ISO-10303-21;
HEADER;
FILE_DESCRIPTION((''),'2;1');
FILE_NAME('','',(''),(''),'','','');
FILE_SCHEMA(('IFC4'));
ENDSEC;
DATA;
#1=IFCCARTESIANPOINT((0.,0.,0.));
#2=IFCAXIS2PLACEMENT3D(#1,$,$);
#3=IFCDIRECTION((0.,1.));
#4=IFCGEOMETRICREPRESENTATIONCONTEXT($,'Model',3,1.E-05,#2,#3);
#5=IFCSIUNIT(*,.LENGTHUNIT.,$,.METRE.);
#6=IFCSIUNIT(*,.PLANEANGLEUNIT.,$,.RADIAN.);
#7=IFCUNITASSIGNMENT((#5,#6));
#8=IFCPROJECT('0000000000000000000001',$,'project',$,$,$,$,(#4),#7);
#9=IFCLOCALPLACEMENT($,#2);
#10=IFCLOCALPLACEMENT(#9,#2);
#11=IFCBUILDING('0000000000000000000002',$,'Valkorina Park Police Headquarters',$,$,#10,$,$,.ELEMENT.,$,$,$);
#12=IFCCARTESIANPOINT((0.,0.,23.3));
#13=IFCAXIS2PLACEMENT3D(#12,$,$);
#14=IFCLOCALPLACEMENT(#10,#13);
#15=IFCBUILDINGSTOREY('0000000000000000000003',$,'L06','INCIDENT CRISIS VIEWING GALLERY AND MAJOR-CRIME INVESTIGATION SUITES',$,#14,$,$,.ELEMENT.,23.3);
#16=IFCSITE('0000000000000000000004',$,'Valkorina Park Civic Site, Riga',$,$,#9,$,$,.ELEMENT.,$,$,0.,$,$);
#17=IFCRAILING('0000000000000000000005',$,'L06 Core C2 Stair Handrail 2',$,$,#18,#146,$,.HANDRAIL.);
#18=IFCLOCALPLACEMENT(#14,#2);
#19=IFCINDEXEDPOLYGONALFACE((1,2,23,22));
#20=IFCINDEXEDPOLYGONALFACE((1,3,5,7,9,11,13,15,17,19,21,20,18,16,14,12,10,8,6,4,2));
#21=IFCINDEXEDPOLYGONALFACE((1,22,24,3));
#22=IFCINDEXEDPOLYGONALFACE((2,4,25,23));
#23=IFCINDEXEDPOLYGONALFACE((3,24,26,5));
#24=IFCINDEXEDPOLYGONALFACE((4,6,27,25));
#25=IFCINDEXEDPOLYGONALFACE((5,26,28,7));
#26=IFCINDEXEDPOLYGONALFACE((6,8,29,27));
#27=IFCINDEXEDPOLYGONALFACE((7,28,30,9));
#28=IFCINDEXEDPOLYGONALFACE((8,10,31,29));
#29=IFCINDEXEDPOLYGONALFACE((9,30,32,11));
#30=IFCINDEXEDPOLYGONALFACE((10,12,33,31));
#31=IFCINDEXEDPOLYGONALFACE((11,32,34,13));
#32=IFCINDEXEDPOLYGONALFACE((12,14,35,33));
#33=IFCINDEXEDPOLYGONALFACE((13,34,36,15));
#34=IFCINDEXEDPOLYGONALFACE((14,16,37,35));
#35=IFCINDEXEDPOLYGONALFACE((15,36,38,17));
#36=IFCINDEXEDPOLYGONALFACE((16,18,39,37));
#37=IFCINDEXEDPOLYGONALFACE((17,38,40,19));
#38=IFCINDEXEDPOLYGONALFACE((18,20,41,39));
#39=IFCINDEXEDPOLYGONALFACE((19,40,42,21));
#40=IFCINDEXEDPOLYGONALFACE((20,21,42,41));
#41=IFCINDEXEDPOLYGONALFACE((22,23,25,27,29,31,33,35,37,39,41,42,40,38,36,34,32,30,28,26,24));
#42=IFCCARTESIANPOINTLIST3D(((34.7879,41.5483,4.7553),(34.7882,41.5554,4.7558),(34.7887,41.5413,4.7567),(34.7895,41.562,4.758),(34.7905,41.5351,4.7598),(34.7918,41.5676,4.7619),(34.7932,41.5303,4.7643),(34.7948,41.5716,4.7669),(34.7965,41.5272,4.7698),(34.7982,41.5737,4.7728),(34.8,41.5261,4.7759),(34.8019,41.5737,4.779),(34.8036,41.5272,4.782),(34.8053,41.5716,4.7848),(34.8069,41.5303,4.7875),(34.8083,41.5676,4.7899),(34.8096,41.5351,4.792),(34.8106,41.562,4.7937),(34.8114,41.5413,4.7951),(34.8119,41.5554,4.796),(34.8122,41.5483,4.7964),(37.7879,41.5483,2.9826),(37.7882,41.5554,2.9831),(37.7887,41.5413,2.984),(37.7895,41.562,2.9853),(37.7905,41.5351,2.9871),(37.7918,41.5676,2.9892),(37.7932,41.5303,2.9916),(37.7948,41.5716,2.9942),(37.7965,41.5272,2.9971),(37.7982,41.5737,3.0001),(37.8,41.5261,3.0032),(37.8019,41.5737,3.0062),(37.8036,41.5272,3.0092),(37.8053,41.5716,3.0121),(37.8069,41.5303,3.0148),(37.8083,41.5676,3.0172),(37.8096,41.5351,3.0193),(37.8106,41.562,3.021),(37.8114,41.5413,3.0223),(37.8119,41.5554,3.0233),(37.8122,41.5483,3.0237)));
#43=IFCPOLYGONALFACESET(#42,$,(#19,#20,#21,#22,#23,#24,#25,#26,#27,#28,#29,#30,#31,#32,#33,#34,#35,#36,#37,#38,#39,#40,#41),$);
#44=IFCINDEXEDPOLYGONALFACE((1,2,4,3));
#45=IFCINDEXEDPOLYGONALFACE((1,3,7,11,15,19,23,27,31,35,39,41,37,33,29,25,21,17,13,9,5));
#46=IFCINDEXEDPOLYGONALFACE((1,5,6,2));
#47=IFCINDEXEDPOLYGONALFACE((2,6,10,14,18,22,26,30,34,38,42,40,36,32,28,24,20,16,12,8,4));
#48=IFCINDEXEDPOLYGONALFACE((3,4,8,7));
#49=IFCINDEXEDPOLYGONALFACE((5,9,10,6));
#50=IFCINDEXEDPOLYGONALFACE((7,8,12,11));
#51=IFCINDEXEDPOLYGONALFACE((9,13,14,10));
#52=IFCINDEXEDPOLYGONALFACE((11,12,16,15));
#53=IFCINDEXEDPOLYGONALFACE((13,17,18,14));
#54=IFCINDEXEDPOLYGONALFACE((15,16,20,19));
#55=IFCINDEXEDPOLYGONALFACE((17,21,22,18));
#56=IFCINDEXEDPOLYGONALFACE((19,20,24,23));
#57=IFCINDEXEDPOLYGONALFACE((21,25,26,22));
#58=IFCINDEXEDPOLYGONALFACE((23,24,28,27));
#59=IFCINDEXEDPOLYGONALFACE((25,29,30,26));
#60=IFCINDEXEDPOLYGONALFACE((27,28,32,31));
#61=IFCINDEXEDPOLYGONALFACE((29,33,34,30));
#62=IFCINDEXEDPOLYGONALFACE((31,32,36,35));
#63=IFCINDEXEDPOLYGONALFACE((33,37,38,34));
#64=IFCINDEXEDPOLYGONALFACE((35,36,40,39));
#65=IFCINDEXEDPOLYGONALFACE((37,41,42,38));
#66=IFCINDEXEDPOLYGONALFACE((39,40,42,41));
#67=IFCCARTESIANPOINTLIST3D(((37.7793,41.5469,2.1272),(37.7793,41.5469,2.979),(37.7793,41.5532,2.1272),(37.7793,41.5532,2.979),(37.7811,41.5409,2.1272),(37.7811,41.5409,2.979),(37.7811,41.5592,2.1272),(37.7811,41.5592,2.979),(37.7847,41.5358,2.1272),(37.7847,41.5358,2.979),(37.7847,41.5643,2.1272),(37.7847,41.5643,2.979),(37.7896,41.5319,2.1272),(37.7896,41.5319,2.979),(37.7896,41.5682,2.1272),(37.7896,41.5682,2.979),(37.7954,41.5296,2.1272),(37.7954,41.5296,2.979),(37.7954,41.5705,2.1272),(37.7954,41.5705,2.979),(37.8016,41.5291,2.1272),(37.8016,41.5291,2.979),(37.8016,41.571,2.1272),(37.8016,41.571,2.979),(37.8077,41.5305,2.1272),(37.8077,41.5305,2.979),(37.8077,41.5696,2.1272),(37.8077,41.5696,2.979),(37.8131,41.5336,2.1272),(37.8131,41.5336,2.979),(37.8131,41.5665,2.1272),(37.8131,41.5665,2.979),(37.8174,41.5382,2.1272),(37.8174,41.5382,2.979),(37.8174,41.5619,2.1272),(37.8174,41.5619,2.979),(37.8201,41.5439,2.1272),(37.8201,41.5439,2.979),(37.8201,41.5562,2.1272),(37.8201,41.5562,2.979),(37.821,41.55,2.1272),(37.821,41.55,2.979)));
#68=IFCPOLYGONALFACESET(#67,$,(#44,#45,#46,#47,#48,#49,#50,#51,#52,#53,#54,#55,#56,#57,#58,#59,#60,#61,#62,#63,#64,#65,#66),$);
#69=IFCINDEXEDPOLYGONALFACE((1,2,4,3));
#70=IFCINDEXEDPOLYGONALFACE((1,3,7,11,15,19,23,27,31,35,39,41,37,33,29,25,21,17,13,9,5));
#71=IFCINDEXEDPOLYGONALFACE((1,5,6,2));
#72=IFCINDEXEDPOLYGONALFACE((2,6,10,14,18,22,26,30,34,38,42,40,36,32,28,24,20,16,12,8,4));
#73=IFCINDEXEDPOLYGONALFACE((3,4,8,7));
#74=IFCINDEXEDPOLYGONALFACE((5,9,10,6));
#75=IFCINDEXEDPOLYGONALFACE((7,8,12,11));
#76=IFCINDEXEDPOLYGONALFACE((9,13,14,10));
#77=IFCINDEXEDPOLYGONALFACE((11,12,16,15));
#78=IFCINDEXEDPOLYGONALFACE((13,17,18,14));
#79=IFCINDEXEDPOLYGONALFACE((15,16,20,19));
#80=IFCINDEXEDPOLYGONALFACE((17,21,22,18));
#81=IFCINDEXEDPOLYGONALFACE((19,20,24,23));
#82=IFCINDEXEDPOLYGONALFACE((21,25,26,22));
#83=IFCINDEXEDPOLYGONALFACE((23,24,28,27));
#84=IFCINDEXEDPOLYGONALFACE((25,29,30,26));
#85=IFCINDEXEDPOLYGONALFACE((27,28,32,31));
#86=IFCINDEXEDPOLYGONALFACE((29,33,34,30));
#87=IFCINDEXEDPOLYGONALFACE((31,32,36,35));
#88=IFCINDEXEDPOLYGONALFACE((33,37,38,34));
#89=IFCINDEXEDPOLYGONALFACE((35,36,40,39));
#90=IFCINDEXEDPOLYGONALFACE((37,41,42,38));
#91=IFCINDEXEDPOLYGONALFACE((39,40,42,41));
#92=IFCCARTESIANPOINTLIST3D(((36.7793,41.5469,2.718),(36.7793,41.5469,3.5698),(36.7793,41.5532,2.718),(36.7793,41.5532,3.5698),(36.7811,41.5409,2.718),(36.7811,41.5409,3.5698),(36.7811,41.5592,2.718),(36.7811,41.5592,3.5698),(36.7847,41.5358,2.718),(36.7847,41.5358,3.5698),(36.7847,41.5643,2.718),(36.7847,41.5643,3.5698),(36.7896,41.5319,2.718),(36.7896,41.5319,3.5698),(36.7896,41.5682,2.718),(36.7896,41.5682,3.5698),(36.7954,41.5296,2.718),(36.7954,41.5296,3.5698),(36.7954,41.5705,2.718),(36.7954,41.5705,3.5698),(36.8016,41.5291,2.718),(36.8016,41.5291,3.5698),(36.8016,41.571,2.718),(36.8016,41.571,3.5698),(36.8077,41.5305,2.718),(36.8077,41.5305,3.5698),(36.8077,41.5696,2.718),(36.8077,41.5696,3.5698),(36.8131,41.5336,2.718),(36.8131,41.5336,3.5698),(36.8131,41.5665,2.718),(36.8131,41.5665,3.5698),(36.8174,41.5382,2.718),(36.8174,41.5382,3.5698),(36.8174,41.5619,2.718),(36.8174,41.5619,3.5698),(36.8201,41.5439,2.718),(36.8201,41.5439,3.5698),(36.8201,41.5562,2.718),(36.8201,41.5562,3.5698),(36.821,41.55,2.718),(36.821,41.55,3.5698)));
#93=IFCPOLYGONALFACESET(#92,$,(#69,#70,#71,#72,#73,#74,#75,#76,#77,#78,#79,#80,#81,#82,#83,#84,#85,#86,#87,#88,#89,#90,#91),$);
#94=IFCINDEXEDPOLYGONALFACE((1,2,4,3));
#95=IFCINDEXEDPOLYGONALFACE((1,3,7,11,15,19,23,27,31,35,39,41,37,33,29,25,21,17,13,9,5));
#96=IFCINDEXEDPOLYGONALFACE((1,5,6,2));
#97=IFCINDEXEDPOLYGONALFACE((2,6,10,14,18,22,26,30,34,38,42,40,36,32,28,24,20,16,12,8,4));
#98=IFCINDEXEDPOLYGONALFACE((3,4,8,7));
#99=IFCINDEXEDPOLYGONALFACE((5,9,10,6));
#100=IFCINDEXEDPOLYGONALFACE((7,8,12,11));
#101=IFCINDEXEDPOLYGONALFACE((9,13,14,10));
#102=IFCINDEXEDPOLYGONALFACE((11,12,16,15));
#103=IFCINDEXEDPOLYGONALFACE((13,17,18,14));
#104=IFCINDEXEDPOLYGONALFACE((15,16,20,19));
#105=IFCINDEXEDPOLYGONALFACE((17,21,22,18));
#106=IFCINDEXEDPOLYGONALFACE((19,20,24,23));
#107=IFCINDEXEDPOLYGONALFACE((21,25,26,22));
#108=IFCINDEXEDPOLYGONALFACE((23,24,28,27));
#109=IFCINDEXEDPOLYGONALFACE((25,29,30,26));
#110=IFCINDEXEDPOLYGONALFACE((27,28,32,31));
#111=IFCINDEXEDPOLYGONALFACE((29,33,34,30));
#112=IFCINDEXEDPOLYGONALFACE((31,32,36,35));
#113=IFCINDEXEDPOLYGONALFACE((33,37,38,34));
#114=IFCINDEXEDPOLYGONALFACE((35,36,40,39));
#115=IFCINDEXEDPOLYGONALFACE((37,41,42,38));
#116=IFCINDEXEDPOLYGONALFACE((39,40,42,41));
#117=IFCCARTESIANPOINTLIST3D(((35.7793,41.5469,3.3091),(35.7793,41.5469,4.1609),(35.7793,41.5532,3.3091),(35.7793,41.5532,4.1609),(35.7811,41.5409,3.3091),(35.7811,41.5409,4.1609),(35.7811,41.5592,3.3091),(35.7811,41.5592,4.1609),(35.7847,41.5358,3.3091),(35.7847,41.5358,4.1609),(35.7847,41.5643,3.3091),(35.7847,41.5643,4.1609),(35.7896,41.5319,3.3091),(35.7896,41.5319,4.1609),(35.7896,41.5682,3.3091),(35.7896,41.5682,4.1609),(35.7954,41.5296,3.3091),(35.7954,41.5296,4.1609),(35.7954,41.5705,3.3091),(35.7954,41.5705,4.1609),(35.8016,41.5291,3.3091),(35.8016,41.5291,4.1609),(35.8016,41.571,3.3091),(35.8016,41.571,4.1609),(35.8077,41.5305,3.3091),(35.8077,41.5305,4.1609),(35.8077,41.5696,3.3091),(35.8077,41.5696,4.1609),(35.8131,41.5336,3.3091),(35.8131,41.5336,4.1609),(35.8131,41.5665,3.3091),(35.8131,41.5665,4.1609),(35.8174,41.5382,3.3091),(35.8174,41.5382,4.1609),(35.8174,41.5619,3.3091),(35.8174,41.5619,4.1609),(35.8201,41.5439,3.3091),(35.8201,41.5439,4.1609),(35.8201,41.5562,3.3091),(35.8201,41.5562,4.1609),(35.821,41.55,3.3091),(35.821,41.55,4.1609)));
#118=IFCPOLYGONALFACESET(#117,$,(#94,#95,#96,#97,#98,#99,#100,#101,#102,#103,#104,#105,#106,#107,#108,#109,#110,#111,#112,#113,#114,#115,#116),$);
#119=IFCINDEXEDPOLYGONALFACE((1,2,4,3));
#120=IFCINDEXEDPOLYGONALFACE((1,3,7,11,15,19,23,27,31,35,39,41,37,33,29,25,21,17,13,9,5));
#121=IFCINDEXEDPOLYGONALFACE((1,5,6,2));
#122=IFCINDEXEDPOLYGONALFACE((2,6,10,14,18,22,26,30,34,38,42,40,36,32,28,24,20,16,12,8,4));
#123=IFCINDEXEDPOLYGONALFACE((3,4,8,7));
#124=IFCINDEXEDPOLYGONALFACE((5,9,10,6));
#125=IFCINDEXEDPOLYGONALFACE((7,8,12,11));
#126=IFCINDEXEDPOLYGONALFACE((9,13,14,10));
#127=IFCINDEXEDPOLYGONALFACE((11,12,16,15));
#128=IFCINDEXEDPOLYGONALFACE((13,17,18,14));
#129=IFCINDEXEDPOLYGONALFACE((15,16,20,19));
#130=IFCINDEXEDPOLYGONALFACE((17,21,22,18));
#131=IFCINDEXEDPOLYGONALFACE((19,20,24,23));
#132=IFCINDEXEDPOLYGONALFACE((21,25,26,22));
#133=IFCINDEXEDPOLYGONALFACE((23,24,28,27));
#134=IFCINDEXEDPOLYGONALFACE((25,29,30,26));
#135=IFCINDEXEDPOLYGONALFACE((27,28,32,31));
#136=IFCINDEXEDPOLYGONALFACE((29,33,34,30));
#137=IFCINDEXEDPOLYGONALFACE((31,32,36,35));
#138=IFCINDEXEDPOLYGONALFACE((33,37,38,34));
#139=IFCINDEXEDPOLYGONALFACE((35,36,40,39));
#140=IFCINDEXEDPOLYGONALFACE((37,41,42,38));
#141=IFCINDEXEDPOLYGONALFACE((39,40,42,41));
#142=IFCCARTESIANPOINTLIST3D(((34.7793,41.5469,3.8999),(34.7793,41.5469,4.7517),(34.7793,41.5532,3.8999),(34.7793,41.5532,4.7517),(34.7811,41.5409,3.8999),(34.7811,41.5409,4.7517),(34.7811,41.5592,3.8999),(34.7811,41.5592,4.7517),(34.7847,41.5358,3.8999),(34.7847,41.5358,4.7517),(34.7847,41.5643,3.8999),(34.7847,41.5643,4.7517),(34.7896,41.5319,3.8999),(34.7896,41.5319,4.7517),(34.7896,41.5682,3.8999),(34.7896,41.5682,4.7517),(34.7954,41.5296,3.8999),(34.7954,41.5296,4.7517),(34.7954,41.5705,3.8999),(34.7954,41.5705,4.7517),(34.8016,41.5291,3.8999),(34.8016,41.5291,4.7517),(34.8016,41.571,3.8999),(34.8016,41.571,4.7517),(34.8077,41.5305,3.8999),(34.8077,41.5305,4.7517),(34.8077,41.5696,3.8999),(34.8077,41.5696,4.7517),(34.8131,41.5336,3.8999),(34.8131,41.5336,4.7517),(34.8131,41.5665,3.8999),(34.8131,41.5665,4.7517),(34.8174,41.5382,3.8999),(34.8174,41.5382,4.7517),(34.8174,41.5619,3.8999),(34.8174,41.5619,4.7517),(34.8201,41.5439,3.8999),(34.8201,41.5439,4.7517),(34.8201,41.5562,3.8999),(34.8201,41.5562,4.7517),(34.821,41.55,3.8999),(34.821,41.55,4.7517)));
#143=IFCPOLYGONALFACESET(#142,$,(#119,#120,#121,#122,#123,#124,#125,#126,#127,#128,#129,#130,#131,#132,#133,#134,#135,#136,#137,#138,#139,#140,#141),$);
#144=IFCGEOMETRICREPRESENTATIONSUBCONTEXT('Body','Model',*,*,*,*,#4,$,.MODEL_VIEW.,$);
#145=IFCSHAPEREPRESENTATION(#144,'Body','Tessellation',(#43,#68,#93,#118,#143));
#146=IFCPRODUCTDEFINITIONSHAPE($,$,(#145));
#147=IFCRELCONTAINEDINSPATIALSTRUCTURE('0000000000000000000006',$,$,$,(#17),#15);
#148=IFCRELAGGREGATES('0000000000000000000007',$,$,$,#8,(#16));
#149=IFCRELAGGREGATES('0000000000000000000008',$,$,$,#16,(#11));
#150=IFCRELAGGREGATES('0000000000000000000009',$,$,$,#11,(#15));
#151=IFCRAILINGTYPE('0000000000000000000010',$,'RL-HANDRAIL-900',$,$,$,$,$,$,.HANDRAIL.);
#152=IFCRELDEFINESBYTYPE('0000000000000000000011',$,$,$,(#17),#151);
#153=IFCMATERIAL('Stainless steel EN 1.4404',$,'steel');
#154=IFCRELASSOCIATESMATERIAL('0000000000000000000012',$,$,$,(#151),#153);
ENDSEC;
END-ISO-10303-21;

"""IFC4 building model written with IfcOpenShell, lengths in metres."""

from ifc_helpers import new_model, si_unit, direction, frame, origin, origin_2d, place, context, subcontext, project, spatial, circle, extrude, material, type_object, element, save


model = new_model("IFC4")

# Units and contexts
model_context = context("Model", 3, precision=1e-05, world=origin(), true_north=direction((0.0, 1.0)))
body_context = subcontext(model_context, "Body", "Model", "MODEL_VIEW")
ifc_project = project(units=[si_unit("LENGTHUNIT", "METRE"), si_unit("PLANEANGLEUNIT", "RADIAN")], contexts=[model_context])

# Site, building, storey
site_placement = place(None, origin())
site = spatial("IfcSite", under=ifc_project, at=site_placement, Name="Valkorina Park Civic Site, Riga", CompositionType="ELEMENT", RefElevation=0.0)
building_placement = place(site_placement, origin())
building = spatial("IfcBuilding", under=site, at=building_placement, Name="Valkorina Park Police Headquarters", CompositionType="ELEMENT")
storey_placement = place(building_placement, frame((0.0, 0.0, 23.3)))
storey = spatial("IfcBuildingStorey", under=building, at=storey_placement, Name="L06", Description="INCIDENT CRISIS VIEWING GALLERY AND MAJOR-CRIME INVESTIGATION SUITES", CompositionType="ELEMENT", Elevation=23.3)

# Railing
ifc_material_1 = material(Name="Stainless steel EN 1.4404", Category="steel")
railing_type_1 = type_object("IfcRailingType", Name="RL-HANDRAIL-900", PredefinedType="HANDRAIL", material=ifc_material_1)
railing_1_placement = place(storey_placement, frame((37.8, 41.55, 2.1272)))
element("IfcRailing", 1, at=railing_1_placement, inside=storey, type_object=railing_type_1, Name="L06 Core C2 Stair Handrail 2", PredefinedType="HANDRAIL", context=body_context, shape_type="SweptSolid", body=[
    extrude(circle(Radius=0.0239, at=origin_2d()), frame((0.0, 0.0, 0.876), z_axis=(-0.860929, 0.0, 0.508725), x_axis=(0.0, -1.0, 0.0)), (0.0, 0.0, 1.0), 3.4846),
    extrude(circle(Radius=0.021, at=origin_2d()), origin(), (0.0, 0.0, 1.0), 0.8518),
    extrude(circle(Radius=0.021, at=origin_2d()), frame((-1.0, 0.0, 0.5908)), (0.0, 0.0, 1.0), 0.8518),
    extrude(circle(Radius=0.021, at=origin_2d()), frame((-2.0, 0.0, 1.1819)), (0.0, 0.0, 1.0), 0.8518),
    extrude(circle(Radius=0.021, at=origin_2d()), frame((-3.0, 0.0, 1.7727)), (0.0, 0.0, 1.0), 0.8518),
])

save(model, "model.ifc")
